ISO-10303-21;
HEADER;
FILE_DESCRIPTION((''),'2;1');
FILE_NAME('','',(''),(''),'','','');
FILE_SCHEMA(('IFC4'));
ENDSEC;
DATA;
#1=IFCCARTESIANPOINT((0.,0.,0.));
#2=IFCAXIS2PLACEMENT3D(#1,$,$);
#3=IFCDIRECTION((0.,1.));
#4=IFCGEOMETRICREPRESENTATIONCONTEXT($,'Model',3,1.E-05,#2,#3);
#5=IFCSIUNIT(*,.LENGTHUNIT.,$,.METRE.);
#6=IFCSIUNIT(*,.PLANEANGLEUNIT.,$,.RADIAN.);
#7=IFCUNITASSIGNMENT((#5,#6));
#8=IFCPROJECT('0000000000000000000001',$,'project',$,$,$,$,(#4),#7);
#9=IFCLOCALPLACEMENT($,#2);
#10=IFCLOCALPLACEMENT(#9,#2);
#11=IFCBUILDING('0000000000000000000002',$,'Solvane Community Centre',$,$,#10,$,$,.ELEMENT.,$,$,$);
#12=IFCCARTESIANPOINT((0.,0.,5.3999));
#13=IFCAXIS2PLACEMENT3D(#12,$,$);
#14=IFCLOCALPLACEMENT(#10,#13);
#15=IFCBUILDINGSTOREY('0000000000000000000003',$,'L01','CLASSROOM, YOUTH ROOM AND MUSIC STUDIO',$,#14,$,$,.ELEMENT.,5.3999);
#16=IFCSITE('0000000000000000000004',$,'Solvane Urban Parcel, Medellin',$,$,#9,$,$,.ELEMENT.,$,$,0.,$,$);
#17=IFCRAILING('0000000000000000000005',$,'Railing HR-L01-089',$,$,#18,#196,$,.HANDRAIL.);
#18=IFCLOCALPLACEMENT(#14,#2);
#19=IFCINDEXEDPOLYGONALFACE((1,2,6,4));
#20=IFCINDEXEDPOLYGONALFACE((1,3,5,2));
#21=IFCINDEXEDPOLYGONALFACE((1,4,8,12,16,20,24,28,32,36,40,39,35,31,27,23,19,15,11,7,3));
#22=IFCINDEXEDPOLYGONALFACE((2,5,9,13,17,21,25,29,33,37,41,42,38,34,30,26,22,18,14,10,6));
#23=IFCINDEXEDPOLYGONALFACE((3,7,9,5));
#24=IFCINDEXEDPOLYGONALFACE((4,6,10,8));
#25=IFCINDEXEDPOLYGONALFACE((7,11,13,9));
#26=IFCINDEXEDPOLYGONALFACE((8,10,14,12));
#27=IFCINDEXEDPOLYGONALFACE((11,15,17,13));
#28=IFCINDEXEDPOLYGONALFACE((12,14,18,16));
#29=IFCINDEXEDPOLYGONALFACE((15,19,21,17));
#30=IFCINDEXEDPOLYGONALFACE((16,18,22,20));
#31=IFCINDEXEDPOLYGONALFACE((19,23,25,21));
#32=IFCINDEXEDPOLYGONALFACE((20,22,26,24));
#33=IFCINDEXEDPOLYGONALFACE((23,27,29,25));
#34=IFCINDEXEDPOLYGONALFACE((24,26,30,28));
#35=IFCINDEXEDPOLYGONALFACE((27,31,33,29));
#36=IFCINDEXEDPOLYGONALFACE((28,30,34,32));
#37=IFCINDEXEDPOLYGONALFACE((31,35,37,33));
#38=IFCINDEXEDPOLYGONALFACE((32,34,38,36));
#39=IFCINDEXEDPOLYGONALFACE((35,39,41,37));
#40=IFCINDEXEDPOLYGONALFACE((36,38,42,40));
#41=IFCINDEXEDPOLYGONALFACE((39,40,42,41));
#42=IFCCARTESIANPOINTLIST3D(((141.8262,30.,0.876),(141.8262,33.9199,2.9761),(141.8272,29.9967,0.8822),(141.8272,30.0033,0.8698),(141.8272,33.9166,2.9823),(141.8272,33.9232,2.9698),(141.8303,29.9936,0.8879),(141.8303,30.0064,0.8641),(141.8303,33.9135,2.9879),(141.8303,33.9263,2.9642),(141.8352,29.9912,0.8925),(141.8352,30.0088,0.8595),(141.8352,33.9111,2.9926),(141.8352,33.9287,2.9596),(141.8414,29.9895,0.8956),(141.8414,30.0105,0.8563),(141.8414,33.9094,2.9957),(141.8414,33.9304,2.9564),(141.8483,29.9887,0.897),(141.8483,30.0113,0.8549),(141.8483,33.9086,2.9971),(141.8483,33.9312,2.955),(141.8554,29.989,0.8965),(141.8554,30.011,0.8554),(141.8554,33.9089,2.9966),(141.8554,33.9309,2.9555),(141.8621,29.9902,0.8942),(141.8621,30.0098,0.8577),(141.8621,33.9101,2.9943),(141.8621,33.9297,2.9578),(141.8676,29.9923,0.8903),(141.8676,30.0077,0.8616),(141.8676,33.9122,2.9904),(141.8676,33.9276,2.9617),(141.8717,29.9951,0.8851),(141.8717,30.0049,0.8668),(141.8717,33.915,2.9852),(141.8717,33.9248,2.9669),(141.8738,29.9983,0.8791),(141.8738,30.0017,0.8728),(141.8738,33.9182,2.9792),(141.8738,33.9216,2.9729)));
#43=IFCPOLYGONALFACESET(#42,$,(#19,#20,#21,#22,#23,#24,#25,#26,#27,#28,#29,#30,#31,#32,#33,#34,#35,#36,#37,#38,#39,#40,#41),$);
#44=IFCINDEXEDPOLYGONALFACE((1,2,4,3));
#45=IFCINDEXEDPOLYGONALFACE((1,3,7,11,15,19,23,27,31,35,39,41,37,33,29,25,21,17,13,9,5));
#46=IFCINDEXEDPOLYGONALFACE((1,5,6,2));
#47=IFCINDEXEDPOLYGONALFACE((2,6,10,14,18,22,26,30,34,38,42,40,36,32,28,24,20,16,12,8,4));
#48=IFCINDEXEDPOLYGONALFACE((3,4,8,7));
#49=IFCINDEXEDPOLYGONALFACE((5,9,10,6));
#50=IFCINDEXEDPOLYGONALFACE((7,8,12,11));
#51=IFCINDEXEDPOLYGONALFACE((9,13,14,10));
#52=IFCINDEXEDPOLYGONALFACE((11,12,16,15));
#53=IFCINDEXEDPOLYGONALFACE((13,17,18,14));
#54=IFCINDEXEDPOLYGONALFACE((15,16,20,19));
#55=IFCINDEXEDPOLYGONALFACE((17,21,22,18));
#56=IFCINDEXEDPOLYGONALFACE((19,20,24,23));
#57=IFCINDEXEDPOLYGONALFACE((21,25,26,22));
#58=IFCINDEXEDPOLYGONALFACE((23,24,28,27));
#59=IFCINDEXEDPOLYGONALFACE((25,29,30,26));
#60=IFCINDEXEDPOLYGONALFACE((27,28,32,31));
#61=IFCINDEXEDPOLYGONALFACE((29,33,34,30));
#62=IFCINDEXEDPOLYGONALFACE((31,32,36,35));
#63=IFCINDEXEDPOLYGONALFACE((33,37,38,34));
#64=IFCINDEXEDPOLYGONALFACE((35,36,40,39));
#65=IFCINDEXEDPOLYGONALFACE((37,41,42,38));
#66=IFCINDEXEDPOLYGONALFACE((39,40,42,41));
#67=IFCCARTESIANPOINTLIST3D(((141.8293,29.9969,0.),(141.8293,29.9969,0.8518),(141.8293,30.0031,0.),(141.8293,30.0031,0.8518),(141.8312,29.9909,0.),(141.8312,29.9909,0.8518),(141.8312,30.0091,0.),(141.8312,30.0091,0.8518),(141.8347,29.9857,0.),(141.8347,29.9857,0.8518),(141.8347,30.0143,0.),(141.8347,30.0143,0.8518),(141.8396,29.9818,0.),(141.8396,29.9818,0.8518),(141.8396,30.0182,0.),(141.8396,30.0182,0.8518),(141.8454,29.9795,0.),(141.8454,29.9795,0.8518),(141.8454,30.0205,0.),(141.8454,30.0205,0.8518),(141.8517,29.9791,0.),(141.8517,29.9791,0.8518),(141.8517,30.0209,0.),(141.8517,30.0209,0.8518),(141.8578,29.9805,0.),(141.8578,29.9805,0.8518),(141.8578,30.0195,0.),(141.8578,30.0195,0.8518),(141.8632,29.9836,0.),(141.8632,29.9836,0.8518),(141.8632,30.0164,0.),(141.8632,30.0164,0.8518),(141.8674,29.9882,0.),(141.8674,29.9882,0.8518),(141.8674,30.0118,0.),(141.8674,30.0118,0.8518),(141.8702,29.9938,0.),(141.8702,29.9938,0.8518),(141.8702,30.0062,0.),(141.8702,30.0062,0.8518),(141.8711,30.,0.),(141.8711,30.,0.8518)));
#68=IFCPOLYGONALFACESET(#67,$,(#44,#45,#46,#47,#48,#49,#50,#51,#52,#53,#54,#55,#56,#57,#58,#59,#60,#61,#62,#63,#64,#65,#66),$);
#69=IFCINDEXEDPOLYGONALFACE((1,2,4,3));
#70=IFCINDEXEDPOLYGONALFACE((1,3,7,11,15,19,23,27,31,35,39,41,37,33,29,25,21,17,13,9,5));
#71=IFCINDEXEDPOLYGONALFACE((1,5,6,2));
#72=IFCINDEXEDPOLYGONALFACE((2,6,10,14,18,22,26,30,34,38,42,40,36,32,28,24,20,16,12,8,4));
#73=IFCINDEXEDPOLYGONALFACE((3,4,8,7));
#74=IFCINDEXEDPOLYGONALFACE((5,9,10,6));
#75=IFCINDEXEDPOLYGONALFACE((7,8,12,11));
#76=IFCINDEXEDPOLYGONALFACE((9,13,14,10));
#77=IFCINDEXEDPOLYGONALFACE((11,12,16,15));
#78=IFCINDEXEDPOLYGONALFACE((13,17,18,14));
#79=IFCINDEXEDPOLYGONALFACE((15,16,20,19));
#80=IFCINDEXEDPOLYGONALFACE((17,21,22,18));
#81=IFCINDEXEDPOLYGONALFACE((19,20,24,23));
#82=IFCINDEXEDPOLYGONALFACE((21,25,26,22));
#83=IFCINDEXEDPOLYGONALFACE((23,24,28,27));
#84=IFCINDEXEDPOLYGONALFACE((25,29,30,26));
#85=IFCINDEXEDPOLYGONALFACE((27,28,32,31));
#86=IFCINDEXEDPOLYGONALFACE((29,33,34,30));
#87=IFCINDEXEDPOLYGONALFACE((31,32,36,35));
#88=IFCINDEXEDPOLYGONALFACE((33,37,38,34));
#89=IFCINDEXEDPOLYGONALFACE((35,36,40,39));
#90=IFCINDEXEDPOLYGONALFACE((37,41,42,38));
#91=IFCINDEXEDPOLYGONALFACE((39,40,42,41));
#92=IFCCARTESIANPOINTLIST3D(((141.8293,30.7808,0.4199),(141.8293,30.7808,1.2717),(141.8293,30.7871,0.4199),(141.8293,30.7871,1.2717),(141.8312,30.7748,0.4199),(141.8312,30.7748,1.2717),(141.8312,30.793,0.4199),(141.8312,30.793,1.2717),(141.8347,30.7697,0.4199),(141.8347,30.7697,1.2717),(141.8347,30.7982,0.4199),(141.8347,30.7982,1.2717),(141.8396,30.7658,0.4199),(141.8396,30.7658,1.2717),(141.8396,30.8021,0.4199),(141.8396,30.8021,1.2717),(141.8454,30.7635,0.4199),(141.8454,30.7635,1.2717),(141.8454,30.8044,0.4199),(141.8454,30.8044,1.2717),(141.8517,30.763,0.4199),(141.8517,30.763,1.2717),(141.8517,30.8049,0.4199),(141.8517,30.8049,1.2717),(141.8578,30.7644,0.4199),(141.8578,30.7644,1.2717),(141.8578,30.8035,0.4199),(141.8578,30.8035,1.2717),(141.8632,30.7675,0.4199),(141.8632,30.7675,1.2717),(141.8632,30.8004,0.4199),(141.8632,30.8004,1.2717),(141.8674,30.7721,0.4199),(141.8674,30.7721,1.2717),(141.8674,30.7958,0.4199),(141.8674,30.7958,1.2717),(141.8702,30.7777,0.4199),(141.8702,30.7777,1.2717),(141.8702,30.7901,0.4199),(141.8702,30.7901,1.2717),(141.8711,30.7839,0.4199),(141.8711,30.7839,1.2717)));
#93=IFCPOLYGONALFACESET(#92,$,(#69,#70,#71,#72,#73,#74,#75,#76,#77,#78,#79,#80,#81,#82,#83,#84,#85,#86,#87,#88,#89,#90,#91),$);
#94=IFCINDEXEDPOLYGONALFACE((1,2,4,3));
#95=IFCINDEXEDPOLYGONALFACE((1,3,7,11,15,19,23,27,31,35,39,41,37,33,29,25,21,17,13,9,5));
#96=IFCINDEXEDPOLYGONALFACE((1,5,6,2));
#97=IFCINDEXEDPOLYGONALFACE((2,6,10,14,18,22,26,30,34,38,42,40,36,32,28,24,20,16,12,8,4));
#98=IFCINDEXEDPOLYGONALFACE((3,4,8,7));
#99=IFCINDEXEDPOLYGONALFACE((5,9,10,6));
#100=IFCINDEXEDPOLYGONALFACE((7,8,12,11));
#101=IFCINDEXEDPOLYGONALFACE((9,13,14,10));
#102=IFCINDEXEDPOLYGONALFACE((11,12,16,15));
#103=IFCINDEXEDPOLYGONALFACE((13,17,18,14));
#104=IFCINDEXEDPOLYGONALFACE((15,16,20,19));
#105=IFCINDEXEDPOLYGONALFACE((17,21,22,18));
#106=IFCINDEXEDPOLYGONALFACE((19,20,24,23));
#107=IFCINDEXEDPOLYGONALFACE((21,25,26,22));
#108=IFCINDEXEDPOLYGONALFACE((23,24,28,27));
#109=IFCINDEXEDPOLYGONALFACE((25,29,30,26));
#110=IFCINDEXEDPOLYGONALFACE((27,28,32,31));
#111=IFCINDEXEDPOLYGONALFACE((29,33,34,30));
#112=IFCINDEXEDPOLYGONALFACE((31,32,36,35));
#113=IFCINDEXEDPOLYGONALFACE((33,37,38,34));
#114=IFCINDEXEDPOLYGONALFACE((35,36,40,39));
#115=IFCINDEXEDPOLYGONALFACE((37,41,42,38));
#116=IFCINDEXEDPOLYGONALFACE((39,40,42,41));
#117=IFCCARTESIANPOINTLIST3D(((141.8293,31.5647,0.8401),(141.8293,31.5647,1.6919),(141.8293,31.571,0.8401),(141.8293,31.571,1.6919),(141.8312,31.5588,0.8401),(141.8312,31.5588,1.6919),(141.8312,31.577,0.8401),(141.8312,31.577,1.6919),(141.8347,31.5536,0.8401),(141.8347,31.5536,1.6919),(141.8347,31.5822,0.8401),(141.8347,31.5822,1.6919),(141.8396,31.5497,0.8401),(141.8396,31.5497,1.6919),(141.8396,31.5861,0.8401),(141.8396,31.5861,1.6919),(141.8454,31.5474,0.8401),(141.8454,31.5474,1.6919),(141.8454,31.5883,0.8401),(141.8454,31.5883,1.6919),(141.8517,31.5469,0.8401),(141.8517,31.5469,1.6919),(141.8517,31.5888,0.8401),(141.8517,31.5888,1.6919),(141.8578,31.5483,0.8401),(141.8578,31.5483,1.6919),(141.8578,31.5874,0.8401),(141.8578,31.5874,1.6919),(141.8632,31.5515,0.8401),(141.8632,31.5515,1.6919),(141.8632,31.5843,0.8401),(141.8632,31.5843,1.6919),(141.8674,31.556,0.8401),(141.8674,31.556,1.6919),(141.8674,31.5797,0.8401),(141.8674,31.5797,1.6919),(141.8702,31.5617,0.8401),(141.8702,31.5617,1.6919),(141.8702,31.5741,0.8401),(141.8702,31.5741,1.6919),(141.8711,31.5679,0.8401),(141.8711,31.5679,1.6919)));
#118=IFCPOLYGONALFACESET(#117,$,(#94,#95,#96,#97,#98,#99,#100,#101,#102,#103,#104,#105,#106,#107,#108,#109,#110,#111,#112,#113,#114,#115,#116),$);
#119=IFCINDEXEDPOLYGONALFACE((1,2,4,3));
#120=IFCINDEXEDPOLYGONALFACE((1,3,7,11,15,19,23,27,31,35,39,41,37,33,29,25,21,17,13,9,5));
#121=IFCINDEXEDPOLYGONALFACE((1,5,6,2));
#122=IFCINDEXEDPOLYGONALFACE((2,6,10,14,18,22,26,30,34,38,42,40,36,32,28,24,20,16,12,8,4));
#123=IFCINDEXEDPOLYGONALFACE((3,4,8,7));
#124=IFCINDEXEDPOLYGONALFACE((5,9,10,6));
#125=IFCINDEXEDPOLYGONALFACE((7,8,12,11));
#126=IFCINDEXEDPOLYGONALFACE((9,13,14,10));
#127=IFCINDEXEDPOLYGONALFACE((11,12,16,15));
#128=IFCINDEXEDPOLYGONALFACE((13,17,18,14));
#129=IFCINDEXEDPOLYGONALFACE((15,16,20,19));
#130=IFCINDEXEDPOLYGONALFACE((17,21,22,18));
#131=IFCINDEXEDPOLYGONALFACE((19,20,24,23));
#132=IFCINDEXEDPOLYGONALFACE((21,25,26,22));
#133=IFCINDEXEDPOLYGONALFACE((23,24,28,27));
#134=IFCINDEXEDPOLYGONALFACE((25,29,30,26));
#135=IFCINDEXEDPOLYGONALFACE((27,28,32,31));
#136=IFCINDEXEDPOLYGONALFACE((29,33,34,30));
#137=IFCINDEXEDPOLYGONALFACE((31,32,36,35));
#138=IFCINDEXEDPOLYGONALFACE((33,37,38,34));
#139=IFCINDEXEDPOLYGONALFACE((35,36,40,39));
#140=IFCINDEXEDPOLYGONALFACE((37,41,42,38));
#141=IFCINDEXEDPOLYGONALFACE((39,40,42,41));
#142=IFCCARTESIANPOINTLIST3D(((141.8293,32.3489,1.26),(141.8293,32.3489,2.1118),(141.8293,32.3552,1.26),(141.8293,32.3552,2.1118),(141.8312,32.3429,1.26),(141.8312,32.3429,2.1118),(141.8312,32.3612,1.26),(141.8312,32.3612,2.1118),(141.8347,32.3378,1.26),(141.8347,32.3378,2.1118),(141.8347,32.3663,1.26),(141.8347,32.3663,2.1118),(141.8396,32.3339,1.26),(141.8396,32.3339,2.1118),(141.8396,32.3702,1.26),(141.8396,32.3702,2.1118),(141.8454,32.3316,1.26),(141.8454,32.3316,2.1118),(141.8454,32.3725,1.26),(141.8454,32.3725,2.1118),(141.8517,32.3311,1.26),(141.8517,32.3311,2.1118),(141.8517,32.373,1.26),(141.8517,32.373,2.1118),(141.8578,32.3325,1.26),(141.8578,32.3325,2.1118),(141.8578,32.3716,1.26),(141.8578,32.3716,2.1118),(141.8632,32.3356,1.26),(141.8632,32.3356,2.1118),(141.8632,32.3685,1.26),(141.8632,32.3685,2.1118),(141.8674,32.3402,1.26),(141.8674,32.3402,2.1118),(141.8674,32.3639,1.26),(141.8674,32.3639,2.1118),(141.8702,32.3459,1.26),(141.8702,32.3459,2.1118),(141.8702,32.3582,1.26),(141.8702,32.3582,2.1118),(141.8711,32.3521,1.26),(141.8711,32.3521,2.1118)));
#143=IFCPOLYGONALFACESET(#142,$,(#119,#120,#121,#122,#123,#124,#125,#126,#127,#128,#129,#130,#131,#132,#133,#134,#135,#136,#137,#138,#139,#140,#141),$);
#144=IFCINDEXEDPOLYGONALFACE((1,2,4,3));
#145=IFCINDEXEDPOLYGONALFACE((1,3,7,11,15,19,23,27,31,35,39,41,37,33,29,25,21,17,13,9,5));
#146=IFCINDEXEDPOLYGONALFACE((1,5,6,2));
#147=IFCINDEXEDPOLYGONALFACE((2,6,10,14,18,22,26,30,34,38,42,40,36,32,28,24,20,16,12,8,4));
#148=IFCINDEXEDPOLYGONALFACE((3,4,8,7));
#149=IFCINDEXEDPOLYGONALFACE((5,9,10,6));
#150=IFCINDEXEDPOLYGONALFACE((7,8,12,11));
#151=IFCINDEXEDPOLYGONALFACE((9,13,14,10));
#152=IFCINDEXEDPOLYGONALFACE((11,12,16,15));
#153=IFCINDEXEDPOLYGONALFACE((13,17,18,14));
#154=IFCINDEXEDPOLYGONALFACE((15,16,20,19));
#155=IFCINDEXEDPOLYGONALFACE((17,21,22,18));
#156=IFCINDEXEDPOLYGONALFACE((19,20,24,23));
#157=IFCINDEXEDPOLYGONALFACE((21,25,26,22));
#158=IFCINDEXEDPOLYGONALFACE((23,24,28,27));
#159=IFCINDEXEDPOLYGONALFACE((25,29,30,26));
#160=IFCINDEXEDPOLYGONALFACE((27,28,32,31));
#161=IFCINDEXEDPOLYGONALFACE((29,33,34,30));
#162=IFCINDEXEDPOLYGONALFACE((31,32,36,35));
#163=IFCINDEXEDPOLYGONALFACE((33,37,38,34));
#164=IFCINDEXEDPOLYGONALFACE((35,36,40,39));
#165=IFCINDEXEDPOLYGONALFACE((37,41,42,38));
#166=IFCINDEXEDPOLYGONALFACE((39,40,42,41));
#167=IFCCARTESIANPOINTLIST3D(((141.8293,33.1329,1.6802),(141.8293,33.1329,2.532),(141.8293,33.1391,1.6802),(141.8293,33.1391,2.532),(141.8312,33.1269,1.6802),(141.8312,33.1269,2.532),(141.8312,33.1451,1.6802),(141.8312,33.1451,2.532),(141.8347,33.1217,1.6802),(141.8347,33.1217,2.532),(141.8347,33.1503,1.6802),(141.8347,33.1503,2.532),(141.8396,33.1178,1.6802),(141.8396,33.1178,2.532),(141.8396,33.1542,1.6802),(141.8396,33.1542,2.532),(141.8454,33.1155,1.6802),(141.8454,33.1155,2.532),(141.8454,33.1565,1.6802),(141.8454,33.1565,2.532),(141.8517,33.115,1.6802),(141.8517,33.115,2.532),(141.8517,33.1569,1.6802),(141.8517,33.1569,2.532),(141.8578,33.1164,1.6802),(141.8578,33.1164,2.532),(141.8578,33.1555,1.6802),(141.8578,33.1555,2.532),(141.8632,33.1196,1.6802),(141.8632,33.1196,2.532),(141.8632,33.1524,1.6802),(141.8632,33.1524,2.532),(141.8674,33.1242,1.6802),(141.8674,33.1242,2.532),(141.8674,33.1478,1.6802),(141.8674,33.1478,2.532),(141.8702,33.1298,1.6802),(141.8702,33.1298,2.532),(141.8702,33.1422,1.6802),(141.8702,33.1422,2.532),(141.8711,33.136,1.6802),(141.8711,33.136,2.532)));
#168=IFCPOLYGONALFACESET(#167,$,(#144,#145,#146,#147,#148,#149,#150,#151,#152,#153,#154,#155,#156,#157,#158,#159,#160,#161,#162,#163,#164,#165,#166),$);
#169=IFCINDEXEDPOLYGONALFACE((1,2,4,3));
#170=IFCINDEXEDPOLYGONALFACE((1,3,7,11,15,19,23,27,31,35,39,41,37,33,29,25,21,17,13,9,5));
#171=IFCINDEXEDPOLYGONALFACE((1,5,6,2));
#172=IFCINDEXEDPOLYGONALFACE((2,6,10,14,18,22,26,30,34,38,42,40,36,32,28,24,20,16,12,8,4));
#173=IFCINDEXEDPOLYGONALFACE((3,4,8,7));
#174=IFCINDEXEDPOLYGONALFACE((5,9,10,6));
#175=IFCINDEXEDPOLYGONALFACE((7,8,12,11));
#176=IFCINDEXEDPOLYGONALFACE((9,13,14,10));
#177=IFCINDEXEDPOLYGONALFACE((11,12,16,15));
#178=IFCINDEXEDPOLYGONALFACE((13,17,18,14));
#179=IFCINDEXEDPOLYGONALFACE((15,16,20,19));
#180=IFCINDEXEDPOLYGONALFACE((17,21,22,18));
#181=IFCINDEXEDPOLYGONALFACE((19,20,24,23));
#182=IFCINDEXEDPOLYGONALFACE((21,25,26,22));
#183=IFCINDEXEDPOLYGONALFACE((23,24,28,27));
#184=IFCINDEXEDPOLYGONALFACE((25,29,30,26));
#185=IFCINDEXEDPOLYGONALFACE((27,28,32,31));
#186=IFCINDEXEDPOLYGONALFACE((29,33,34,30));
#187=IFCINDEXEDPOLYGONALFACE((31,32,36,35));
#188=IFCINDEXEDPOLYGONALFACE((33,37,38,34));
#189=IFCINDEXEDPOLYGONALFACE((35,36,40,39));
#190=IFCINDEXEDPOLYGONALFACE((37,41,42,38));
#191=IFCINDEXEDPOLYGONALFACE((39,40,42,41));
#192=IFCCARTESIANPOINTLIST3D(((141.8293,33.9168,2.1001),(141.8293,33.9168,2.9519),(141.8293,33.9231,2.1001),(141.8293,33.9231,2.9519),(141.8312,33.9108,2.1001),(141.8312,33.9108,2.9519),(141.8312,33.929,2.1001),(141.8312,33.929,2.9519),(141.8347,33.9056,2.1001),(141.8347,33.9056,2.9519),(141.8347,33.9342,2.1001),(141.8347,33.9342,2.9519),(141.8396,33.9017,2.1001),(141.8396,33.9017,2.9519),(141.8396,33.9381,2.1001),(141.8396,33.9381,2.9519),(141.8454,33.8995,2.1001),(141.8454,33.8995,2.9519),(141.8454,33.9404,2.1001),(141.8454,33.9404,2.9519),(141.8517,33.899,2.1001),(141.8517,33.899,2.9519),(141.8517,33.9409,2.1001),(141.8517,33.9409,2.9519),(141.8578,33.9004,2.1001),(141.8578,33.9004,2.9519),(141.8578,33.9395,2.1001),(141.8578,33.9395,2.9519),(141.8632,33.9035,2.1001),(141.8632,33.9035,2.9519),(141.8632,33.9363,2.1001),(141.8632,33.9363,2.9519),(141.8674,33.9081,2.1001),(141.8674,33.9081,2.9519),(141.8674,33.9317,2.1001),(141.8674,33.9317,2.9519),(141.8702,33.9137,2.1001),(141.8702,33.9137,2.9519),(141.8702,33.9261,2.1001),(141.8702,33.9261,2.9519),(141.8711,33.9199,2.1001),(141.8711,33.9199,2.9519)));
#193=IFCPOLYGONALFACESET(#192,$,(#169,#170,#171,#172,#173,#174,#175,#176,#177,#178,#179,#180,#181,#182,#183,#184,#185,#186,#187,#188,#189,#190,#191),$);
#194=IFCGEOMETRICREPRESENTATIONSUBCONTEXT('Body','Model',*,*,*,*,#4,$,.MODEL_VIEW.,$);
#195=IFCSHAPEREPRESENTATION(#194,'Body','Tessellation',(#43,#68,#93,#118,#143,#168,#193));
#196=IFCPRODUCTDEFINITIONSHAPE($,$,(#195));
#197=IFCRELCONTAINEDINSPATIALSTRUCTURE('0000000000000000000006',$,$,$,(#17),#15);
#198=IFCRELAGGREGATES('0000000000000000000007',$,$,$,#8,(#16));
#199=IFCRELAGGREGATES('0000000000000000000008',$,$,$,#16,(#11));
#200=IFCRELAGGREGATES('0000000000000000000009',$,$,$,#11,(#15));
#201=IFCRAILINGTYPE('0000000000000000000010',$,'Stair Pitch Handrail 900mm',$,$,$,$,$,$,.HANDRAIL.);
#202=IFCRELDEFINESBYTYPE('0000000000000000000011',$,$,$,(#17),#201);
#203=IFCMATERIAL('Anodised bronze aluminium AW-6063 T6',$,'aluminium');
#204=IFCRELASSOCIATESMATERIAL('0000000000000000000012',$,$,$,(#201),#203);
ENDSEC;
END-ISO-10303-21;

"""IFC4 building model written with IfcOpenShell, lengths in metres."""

from ifc_helpers import new_model, si_unit, direction, frame, origin, origin_2d, place, context, subcontext, project, spatial, circle, extrude, material, type_object, element, save


model = new_model("IFC4")

# Units and contexts
model_context = context("Model", 3, precision=1e-05, world=origin(), true_north=direction((0.0, 1.0)))
body_context = subcontext(model_context, "Body", "Model", "MODEL_VIEW")
ifc_project = project(units=[si_unit("LENGTHUNIT", "METRE"), si_unit("PLANEANGLEUNIT", "RADIAN")], contexts=[model_context])

# Site, building, storey
site_placement = place(None, origin())
site = spatial("IfcSite", under=ifc_project, at=site_placement, Name="Solvane Urban Parcel, Medellin", CompositionType="ELEMENT", RefElevation=0.0)
building_placement = place(site_placement, origin())
building = spatial("IfcBuilding", under=site, at=building_placement, Name="Solvane Community Centre", CompositionType="ELEMENT")
storey_placement = place(building_placement, frame((0.0, 0.0, 5.3999)))
storey = spatial("IfcBuildingStorey", under=building, at=storey_placement, Name="L01", Description="CLASSROOM, YOUTH ROOM AND MUSIC STUDIO", CompositionType="ELEMENT", Elevation=5.3999)

# Shared definitions
ifc_material_1 = material(Name="Anodised bronze aluminium AW-6063 T6", Category="aluminium")

# Railing
railing_type_1 = type_object("IfcRailingType", Name="Stair Pitch Handrail 900mm", PredefinedType="HANDRAIL", material=ifc_material_1)
railing_1_placement = place(storey_placement, frame((141.8501, 30.0, 0.0)))
element("IfcRailing", 1, at=railing_1_placement, inside=storey, type_object=railing_type_1, Name="Railing HR-L01-089", PredefinedType="HANDRAIL", context=body_context, shape_type="SweptSolid", body=[
    extrude(circle(Radius=0.0239, at=origin_2d()), frame((0.0, 0.0, 0.876), z_axis=(0.0, 0.881467, 0.472246), x_axis=(-1.0, 0.0, 0.0)), (0.0, 0.0, 1.0), 4.447),
    extrude(circle(Radius=0.021, at=origin_2d()), origin(), (0.0, 0.0, 1.0), 0.8518),
    extrude(circle(Radius=0.021, at=origin_2d()), frame((0.0, 0.7839, 0.4199)), (0.0, 0.0, 1.0), 0.8518),
    extrude(circle(Radius=0.021, at=origin_2d()), frame((0.0, 1.5679, 0.8401)), (0.0, 0.0, 1.0), 0.8518),
    extrude(circle(Radius=0.021, at=origin_2d()), frame((0.0, 2.3521, 1.26)), (0.0, 0.0, 1.0), 0.8518),
    extrude(circle(Radius=0.021, at=origin_2d()), frame((0.0, 3.136, 1.6802)), (0.0, 0.0, 1.0), 0.8518),
    extrude(circle(Radius=0.021, at=origin_2d()), frame((0.0, 3.9199, 2.1001)), (0.0, 0.0, 1.0), 0.8518),
])

save(model, "model.ifc")
